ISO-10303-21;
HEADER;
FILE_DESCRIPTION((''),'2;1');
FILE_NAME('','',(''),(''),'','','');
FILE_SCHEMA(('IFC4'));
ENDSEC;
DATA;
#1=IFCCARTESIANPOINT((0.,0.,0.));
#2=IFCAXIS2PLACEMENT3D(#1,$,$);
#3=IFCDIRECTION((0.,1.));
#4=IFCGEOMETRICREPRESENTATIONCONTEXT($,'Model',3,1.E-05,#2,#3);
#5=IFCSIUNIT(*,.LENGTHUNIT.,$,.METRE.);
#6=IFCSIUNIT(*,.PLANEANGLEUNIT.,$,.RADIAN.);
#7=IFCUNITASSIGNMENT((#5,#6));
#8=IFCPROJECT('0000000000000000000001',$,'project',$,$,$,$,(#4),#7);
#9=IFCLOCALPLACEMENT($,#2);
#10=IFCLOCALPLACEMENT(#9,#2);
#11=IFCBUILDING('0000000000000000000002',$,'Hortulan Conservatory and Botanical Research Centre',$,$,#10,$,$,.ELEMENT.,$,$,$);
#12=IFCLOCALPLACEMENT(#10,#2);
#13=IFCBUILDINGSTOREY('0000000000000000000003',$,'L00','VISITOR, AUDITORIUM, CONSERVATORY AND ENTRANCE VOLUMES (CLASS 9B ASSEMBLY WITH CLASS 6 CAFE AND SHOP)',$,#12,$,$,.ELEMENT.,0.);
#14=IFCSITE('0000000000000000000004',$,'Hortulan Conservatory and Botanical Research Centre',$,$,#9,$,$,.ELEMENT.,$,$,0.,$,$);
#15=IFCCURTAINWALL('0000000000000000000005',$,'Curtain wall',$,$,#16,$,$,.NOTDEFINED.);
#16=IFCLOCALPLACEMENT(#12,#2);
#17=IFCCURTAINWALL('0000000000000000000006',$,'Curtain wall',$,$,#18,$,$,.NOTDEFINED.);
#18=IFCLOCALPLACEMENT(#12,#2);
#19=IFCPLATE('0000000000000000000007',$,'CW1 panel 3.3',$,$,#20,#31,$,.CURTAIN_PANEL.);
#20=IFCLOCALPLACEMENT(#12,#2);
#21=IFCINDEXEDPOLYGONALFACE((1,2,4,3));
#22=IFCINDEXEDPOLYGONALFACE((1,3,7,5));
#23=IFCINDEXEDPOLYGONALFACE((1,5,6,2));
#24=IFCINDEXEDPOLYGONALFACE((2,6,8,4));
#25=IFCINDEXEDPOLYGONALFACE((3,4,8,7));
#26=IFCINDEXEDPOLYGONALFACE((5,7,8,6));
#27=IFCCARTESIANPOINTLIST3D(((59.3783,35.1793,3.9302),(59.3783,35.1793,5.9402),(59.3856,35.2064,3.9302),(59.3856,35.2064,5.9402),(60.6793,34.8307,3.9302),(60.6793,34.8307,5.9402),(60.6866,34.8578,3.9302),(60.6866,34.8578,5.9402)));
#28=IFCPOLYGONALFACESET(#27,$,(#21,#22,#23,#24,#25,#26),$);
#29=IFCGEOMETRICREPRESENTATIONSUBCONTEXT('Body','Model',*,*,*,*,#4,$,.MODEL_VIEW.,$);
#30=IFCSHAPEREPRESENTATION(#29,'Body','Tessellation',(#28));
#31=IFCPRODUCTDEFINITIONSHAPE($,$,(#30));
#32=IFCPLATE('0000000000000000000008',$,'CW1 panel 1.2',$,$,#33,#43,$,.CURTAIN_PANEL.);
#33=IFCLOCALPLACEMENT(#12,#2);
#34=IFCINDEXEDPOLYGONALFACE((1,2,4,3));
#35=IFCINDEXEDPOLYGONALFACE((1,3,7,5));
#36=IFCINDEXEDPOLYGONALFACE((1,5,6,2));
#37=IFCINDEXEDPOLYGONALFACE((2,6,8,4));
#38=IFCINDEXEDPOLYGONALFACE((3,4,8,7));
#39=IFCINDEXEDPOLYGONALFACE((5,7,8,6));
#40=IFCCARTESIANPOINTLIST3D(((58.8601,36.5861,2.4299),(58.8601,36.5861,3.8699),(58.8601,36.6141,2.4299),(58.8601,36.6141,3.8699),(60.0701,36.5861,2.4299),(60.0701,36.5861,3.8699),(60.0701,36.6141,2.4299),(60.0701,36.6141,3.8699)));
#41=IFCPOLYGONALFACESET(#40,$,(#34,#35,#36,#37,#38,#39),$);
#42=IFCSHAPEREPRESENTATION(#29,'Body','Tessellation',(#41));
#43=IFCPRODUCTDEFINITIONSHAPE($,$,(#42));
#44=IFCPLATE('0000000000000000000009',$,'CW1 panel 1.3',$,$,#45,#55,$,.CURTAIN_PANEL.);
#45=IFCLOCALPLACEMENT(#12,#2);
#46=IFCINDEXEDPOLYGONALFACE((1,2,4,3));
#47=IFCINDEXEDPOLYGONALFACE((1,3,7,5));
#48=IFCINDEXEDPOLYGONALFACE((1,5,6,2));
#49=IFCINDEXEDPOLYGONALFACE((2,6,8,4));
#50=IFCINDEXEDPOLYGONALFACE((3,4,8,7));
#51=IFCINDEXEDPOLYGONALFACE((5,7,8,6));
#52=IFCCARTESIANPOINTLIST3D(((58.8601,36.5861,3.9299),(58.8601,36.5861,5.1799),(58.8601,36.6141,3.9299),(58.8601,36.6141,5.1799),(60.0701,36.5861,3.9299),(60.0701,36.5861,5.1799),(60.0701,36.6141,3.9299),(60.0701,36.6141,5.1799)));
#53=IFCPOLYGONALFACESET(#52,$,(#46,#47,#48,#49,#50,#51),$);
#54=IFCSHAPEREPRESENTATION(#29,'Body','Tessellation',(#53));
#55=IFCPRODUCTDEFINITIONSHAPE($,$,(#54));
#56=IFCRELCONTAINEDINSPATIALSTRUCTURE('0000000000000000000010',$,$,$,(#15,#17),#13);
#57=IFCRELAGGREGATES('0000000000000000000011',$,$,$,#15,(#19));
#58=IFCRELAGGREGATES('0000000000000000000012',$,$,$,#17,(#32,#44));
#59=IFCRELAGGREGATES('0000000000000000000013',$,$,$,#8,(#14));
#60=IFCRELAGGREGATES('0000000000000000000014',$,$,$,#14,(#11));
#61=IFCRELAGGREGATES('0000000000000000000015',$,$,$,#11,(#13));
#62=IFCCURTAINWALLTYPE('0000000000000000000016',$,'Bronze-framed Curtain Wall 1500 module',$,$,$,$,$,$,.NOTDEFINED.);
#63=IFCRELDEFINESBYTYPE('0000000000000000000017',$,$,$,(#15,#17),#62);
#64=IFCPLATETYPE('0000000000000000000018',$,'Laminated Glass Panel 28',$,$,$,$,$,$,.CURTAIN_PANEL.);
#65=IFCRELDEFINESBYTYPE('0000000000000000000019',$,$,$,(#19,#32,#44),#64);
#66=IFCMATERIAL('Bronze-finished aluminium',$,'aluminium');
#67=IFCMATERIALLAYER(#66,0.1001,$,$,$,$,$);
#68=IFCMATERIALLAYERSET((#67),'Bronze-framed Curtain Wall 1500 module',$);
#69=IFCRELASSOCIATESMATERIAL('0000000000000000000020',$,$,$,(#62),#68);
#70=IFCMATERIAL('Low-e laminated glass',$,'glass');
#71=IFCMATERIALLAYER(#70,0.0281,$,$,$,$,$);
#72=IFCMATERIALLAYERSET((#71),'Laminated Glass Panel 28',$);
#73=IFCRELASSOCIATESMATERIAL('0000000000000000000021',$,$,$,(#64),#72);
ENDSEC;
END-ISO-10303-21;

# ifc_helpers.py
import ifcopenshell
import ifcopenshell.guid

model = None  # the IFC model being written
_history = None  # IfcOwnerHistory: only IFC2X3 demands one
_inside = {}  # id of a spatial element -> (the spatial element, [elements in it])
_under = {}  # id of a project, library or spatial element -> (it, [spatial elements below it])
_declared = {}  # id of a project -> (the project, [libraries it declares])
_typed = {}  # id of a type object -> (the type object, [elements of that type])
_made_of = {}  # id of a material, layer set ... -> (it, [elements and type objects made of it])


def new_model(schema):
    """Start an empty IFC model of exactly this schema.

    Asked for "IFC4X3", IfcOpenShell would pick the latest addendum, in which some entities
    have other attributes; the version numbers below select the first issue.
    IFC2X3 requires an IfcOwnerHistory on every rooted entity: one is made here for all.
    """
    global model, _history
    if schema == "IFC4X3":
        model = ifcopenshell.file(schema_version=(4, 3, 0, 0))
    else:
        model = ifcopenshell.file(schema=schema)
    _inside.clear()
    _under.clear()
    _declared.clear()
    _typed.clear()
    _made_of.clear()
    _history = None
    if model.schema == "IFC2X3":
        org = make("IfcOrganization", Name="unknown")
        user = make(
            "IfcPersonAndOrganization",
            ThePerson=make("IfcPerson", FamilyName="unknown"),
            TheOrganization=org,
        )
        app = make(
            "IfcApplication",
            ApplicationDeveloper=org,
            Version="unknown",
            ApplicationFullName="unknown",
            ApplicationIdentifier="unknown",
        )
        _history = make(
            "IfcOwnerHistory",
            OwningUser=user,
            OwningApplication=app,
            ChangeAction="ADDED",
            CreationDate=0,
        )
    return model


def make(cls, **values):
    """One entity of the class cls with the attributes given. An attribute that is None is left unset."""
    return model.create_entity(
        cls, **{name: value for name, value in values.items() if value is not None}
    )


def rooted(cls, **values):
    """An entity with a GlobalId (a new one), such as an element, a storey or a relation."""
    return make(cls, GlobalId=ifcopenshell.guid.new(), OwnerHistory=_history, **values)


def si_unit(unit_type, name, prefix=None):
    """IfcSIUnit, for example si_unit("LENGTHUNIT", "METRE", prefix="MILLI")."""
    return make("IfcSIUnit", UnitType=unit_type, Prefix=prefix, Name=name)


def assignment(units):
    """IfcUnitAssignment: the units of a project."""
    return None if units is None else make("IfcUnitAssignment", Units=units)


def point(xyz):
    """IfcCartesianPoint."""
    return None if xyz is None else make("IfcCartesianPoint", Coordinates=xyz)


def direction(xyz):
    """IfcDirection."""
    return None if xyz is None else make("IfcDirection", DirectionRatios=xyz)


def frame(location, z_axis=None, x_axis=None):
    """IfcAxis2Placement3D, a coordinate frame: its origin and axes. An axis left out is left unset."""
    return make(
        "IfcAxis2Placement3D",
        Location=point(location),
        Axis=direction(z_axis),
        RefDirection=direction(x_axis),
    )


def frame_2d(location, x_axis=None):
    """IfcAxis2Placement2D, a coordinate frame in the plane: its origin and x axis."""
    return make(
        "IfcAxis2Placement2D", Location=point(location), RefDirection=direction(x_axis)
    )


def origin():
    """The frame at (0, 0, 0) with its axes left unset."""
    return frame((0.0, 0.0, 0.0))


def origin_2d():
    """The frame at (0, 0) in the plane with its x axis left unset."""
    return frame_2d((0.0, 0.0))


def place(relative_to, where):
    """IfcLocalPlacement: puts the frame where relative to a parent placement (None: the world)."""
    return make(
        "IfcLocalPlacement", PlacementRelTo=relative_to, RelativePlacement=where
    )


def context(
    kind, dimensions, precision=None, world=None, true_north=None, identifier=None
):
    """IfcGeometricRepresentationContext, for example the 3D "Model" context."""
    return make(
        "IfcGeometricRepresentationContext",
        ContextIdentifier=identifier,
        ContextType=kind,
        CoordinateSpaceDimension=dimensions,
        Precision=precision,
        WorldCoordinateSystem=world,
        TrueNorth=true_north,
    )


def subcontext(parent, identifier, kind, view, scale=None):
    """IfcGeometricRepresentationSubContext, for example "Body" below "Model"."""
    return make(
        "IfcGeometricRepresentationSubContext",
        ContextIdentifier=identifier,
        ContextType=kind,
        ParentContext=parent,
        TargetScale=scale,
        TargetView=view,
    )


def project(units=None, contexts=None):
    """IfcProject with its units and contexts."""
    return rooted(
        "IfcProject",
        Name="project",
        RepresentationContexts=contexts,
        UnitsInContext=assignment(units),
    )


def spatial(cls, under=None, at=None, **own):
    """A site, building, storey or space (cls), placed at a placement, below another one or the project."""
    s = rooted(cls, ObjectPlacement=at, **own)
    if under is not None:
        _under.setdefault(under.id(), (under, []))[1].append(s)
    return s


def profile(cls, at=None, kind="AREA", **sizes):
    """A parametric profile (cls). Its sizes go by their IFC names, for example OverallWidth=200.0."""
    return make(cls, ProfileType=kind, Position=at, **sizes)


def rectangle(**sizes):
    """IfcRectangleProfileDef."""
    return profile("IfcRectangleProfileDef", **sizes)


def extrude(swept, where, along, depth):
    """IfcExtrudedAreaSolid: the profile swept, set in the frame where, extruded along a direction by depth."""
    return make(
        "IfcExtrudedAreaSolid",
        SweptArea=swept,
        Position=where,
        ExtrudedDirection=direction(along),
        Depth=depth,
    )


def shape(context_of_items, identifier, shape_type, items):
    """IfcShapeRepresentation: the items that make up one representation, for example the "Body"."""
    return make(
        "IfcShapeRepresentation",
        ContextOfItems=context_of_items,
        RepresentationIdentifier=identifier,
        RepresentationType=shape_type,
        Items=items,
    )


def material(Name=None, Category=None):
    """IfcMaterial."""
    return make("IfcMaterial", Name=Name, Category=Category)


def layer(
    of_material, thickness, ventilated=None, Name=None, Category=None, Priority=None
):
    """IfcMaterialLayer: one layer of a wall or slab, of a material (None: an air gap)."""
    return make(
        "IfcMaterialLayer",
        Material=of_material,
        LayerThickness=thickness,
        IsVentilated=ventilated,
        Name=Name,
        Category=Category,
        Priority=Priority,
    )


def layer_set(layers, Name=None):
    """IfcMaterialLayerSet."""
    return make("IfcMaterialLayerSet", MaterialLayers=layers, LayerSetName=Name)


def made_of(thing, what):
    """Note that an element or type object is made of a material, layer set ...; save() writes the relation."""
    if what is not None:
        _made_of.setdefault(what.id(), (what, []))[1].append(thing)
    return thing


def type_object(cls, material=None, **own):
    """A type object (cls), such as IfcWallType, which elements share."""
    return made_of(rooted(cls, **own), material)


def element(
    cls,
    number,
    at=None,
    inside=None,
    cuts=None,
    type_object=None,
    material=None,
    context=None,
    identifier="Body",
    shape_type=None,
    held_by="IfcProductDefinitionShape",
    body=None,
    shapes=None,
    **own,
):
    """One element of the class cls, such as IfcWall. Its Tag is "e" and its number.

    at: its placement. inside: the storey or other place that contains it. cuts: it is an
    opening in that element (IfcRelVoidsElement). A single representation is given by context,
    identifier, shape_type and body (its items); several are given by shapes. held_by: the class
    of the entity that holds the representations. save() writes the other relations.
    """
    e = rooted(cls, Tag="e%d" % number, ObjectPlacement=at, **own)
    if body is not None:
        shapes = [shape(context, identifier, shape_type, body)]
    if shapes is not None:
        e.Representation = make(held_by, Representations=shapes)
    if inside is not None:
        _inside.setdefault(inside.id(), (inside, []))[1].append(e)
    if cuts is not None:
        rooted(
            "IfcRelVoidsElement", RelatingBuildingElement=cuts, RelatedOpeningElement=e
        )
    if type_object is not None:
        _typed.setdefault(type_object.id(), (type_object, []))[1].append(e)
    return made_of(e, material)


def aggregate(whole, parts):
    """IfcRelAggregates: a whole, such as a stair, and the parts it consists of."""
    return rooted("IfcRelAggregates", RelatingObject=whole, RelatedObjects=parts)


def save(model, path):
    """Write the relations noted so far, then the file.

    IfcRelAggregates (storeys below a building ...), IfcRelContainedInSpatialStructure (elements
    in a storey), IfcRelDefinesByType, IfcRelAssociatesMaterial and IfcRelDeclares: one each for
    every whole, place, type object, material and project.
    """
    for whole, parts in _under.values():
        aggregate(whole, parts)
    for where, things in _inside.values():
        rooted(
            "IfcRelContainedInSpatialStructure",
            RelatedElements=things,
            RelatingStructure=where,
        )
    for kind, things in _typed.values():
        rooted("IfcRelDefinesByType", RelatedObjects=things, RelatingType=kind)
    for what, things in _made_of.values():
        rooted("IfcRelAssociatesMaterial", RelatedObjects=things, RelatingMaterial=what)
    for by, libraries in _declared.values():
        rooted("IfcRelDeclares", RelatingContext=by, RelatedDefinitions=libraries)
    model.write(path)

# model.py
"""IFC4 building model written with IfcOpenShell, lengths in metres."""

from ifc_helpers import new_model, si_unit, direction, frame, origin, origin_2d, place, context, subcontext, project, spatial, rectangle, extrude, material, layer, layer_set, type_object, element, aggregate, save


model = new_model("IFC4")

# Units and contexts
model_context = context("Model", 3, precision=1e-05, world=origin(), true_north=direction((0.0, 1.0)))
body_context = subcontext(model_context, "Body", "Model", "MODEL_VIEW")
ifc_project = project(units=[si_unit("LENGTHUNIT", "METRE"), si_unit("PLANEANGLEUNIT", "RADIAN")], contexts=[model_context])

# Site, building, storey
site_placement = place(None, origin())
site = spatial("IfcSite", under=ifc_project, at=site_placement, Name="Hortulan Conservatory and Botanical Research Centre", CompositionType="ELEMENT", RefElevation=0.0)
building_placement = place(site_placement, origin())
building = spatial("IfcBuilding", under=site, at=building_placement, Name="Hortulan Conservatory and Botanical Research Centre", CompositionType="ELEMENT")
storey_placement = place(building_placement, origin())
storey = spatial("IfcBuildingStorey", under=building, at=storey_placement, Name="L00", Description="VISITOR, AUDITORIUM, CONSERVATORY AND ENTRANCE VOLUMES (CLASS 9B ASSEMBLY WITH CLASS 6 CAFE AND SHOP)", CompositionType="ELEMENT", Elevation=0.0)

# Curtain walls
ifc_material_1 = material(Name="Bronze-finished aluminium", Category="aluminium")
ifc_layer_1 = layer(ifc_material_1, 0.1001)
ifc_layer_set_1 = layer_set([ifc_layer_1], Name="Bronze-framed Curtain Wall 1500 module")
curtain_wall_type = type_object("IfcCurtainWallType", Name="Bronze-framed Curtain Wall 1500 module", PredefinedType="NOTDEFINED", material=ifc_layer_set_1)
curtain_wall_1_placement = place(storey_placement, origin())
curtain_wall_1 = element("IfcCurtainWall", 1, at=curtain_wall_1_placement, inside=storey, type_object=curtain_wall_type, Name="Curtain wall", PredefinedType="NOTDEFINED")
curtain_wall_2_placement = place(storey_placement, origin())
curtain_wall_2 = element("IfcCurtainWall", 2, at=curtain_wall_2_placement, inside=storey, type_object=curtain_wall_type, Name="Curtain wall", PredefinedType="NOTDEFINED")

# Plates
ifc_material_2 = material(Name="Low-e laminated glass", Category="glass")
ifc_layer_2 = layer(ifc_material_2, 0.0281)
ifc_layer_set_2 = layer_set([ifc_layer_2], Name="Laminated Glass Panel 28")
plate_type = type_object("IfcPlateType", Name="Laminated Glass Panel 28", PredefinedType="CURTAIN_PANEL", material=ifc_layer_set_2)
plate_1_placement = place(storey_placement, frame((60.0325, 35.0186, 3.9302), z_axis=(0.0, 0.0, 1.0), x_axis=(0.965922, -0.258832, 0.0)))
plate_1 = element("IfcPlate", 3, at=plate_1_placement, type_object=plate_type, Name="CW1 panel 3.3", PredefinedType="CURTAIN_PANEL", context=body_context, shape_type="SweptSolid", body=[
    extrude(rectangle(XDim=1.3469, YDim=0.0281, at=origin_2d()), origin(), (0.0, 0.0, 1.0), 2.01),
])
aggregate(curtain_wall_1, [plate_1])
plate_2_placement = place(storey_placement, frame((59.4651, 36.6001, 2.4299), z_axis=(0.0, 0.0, 1.0), x_axis=(1.0, 0.0, 0.0)))
plate_2 = element("IfcPlate", 4, at=plate_2_placement, type_object=plate_type, Name="CW1 panel 1.2", PredefinedType="CURTAIN_PANEL", context=body_context, shape_type="SweptSolid", body=[
    extrude(rectangle(XDim=1.21, YDim=0.0281, at=origin_2d()), origin(), (0.0, 0.0, 1.0), 1.4399),
])
plate_3_placement = place(storey_placement, frame((59.4651, 36.6001, 3.9299), z_axis=(0.0, 0.0, 1.0), x_axis=(1.0, 0.0, 0.0)))
plate_3 = element("IfcPlate", 5, at=plate_3_placement, type_object=plate_type, Name="CW1 panel 1.3", PredefinedType="CURTAIN_PANEL", context=body_context, shape_type="SweptSolid", body=[
    extrude(rectangle(XDim=1.21, YDim=0.0281, at=origin_2d()), origin(), (0.0, 0.0, 1.0), 1.25),
])
aggregate(curtain_wall_2, [plate_2, plate_3])

save(model, "model.ifc")
